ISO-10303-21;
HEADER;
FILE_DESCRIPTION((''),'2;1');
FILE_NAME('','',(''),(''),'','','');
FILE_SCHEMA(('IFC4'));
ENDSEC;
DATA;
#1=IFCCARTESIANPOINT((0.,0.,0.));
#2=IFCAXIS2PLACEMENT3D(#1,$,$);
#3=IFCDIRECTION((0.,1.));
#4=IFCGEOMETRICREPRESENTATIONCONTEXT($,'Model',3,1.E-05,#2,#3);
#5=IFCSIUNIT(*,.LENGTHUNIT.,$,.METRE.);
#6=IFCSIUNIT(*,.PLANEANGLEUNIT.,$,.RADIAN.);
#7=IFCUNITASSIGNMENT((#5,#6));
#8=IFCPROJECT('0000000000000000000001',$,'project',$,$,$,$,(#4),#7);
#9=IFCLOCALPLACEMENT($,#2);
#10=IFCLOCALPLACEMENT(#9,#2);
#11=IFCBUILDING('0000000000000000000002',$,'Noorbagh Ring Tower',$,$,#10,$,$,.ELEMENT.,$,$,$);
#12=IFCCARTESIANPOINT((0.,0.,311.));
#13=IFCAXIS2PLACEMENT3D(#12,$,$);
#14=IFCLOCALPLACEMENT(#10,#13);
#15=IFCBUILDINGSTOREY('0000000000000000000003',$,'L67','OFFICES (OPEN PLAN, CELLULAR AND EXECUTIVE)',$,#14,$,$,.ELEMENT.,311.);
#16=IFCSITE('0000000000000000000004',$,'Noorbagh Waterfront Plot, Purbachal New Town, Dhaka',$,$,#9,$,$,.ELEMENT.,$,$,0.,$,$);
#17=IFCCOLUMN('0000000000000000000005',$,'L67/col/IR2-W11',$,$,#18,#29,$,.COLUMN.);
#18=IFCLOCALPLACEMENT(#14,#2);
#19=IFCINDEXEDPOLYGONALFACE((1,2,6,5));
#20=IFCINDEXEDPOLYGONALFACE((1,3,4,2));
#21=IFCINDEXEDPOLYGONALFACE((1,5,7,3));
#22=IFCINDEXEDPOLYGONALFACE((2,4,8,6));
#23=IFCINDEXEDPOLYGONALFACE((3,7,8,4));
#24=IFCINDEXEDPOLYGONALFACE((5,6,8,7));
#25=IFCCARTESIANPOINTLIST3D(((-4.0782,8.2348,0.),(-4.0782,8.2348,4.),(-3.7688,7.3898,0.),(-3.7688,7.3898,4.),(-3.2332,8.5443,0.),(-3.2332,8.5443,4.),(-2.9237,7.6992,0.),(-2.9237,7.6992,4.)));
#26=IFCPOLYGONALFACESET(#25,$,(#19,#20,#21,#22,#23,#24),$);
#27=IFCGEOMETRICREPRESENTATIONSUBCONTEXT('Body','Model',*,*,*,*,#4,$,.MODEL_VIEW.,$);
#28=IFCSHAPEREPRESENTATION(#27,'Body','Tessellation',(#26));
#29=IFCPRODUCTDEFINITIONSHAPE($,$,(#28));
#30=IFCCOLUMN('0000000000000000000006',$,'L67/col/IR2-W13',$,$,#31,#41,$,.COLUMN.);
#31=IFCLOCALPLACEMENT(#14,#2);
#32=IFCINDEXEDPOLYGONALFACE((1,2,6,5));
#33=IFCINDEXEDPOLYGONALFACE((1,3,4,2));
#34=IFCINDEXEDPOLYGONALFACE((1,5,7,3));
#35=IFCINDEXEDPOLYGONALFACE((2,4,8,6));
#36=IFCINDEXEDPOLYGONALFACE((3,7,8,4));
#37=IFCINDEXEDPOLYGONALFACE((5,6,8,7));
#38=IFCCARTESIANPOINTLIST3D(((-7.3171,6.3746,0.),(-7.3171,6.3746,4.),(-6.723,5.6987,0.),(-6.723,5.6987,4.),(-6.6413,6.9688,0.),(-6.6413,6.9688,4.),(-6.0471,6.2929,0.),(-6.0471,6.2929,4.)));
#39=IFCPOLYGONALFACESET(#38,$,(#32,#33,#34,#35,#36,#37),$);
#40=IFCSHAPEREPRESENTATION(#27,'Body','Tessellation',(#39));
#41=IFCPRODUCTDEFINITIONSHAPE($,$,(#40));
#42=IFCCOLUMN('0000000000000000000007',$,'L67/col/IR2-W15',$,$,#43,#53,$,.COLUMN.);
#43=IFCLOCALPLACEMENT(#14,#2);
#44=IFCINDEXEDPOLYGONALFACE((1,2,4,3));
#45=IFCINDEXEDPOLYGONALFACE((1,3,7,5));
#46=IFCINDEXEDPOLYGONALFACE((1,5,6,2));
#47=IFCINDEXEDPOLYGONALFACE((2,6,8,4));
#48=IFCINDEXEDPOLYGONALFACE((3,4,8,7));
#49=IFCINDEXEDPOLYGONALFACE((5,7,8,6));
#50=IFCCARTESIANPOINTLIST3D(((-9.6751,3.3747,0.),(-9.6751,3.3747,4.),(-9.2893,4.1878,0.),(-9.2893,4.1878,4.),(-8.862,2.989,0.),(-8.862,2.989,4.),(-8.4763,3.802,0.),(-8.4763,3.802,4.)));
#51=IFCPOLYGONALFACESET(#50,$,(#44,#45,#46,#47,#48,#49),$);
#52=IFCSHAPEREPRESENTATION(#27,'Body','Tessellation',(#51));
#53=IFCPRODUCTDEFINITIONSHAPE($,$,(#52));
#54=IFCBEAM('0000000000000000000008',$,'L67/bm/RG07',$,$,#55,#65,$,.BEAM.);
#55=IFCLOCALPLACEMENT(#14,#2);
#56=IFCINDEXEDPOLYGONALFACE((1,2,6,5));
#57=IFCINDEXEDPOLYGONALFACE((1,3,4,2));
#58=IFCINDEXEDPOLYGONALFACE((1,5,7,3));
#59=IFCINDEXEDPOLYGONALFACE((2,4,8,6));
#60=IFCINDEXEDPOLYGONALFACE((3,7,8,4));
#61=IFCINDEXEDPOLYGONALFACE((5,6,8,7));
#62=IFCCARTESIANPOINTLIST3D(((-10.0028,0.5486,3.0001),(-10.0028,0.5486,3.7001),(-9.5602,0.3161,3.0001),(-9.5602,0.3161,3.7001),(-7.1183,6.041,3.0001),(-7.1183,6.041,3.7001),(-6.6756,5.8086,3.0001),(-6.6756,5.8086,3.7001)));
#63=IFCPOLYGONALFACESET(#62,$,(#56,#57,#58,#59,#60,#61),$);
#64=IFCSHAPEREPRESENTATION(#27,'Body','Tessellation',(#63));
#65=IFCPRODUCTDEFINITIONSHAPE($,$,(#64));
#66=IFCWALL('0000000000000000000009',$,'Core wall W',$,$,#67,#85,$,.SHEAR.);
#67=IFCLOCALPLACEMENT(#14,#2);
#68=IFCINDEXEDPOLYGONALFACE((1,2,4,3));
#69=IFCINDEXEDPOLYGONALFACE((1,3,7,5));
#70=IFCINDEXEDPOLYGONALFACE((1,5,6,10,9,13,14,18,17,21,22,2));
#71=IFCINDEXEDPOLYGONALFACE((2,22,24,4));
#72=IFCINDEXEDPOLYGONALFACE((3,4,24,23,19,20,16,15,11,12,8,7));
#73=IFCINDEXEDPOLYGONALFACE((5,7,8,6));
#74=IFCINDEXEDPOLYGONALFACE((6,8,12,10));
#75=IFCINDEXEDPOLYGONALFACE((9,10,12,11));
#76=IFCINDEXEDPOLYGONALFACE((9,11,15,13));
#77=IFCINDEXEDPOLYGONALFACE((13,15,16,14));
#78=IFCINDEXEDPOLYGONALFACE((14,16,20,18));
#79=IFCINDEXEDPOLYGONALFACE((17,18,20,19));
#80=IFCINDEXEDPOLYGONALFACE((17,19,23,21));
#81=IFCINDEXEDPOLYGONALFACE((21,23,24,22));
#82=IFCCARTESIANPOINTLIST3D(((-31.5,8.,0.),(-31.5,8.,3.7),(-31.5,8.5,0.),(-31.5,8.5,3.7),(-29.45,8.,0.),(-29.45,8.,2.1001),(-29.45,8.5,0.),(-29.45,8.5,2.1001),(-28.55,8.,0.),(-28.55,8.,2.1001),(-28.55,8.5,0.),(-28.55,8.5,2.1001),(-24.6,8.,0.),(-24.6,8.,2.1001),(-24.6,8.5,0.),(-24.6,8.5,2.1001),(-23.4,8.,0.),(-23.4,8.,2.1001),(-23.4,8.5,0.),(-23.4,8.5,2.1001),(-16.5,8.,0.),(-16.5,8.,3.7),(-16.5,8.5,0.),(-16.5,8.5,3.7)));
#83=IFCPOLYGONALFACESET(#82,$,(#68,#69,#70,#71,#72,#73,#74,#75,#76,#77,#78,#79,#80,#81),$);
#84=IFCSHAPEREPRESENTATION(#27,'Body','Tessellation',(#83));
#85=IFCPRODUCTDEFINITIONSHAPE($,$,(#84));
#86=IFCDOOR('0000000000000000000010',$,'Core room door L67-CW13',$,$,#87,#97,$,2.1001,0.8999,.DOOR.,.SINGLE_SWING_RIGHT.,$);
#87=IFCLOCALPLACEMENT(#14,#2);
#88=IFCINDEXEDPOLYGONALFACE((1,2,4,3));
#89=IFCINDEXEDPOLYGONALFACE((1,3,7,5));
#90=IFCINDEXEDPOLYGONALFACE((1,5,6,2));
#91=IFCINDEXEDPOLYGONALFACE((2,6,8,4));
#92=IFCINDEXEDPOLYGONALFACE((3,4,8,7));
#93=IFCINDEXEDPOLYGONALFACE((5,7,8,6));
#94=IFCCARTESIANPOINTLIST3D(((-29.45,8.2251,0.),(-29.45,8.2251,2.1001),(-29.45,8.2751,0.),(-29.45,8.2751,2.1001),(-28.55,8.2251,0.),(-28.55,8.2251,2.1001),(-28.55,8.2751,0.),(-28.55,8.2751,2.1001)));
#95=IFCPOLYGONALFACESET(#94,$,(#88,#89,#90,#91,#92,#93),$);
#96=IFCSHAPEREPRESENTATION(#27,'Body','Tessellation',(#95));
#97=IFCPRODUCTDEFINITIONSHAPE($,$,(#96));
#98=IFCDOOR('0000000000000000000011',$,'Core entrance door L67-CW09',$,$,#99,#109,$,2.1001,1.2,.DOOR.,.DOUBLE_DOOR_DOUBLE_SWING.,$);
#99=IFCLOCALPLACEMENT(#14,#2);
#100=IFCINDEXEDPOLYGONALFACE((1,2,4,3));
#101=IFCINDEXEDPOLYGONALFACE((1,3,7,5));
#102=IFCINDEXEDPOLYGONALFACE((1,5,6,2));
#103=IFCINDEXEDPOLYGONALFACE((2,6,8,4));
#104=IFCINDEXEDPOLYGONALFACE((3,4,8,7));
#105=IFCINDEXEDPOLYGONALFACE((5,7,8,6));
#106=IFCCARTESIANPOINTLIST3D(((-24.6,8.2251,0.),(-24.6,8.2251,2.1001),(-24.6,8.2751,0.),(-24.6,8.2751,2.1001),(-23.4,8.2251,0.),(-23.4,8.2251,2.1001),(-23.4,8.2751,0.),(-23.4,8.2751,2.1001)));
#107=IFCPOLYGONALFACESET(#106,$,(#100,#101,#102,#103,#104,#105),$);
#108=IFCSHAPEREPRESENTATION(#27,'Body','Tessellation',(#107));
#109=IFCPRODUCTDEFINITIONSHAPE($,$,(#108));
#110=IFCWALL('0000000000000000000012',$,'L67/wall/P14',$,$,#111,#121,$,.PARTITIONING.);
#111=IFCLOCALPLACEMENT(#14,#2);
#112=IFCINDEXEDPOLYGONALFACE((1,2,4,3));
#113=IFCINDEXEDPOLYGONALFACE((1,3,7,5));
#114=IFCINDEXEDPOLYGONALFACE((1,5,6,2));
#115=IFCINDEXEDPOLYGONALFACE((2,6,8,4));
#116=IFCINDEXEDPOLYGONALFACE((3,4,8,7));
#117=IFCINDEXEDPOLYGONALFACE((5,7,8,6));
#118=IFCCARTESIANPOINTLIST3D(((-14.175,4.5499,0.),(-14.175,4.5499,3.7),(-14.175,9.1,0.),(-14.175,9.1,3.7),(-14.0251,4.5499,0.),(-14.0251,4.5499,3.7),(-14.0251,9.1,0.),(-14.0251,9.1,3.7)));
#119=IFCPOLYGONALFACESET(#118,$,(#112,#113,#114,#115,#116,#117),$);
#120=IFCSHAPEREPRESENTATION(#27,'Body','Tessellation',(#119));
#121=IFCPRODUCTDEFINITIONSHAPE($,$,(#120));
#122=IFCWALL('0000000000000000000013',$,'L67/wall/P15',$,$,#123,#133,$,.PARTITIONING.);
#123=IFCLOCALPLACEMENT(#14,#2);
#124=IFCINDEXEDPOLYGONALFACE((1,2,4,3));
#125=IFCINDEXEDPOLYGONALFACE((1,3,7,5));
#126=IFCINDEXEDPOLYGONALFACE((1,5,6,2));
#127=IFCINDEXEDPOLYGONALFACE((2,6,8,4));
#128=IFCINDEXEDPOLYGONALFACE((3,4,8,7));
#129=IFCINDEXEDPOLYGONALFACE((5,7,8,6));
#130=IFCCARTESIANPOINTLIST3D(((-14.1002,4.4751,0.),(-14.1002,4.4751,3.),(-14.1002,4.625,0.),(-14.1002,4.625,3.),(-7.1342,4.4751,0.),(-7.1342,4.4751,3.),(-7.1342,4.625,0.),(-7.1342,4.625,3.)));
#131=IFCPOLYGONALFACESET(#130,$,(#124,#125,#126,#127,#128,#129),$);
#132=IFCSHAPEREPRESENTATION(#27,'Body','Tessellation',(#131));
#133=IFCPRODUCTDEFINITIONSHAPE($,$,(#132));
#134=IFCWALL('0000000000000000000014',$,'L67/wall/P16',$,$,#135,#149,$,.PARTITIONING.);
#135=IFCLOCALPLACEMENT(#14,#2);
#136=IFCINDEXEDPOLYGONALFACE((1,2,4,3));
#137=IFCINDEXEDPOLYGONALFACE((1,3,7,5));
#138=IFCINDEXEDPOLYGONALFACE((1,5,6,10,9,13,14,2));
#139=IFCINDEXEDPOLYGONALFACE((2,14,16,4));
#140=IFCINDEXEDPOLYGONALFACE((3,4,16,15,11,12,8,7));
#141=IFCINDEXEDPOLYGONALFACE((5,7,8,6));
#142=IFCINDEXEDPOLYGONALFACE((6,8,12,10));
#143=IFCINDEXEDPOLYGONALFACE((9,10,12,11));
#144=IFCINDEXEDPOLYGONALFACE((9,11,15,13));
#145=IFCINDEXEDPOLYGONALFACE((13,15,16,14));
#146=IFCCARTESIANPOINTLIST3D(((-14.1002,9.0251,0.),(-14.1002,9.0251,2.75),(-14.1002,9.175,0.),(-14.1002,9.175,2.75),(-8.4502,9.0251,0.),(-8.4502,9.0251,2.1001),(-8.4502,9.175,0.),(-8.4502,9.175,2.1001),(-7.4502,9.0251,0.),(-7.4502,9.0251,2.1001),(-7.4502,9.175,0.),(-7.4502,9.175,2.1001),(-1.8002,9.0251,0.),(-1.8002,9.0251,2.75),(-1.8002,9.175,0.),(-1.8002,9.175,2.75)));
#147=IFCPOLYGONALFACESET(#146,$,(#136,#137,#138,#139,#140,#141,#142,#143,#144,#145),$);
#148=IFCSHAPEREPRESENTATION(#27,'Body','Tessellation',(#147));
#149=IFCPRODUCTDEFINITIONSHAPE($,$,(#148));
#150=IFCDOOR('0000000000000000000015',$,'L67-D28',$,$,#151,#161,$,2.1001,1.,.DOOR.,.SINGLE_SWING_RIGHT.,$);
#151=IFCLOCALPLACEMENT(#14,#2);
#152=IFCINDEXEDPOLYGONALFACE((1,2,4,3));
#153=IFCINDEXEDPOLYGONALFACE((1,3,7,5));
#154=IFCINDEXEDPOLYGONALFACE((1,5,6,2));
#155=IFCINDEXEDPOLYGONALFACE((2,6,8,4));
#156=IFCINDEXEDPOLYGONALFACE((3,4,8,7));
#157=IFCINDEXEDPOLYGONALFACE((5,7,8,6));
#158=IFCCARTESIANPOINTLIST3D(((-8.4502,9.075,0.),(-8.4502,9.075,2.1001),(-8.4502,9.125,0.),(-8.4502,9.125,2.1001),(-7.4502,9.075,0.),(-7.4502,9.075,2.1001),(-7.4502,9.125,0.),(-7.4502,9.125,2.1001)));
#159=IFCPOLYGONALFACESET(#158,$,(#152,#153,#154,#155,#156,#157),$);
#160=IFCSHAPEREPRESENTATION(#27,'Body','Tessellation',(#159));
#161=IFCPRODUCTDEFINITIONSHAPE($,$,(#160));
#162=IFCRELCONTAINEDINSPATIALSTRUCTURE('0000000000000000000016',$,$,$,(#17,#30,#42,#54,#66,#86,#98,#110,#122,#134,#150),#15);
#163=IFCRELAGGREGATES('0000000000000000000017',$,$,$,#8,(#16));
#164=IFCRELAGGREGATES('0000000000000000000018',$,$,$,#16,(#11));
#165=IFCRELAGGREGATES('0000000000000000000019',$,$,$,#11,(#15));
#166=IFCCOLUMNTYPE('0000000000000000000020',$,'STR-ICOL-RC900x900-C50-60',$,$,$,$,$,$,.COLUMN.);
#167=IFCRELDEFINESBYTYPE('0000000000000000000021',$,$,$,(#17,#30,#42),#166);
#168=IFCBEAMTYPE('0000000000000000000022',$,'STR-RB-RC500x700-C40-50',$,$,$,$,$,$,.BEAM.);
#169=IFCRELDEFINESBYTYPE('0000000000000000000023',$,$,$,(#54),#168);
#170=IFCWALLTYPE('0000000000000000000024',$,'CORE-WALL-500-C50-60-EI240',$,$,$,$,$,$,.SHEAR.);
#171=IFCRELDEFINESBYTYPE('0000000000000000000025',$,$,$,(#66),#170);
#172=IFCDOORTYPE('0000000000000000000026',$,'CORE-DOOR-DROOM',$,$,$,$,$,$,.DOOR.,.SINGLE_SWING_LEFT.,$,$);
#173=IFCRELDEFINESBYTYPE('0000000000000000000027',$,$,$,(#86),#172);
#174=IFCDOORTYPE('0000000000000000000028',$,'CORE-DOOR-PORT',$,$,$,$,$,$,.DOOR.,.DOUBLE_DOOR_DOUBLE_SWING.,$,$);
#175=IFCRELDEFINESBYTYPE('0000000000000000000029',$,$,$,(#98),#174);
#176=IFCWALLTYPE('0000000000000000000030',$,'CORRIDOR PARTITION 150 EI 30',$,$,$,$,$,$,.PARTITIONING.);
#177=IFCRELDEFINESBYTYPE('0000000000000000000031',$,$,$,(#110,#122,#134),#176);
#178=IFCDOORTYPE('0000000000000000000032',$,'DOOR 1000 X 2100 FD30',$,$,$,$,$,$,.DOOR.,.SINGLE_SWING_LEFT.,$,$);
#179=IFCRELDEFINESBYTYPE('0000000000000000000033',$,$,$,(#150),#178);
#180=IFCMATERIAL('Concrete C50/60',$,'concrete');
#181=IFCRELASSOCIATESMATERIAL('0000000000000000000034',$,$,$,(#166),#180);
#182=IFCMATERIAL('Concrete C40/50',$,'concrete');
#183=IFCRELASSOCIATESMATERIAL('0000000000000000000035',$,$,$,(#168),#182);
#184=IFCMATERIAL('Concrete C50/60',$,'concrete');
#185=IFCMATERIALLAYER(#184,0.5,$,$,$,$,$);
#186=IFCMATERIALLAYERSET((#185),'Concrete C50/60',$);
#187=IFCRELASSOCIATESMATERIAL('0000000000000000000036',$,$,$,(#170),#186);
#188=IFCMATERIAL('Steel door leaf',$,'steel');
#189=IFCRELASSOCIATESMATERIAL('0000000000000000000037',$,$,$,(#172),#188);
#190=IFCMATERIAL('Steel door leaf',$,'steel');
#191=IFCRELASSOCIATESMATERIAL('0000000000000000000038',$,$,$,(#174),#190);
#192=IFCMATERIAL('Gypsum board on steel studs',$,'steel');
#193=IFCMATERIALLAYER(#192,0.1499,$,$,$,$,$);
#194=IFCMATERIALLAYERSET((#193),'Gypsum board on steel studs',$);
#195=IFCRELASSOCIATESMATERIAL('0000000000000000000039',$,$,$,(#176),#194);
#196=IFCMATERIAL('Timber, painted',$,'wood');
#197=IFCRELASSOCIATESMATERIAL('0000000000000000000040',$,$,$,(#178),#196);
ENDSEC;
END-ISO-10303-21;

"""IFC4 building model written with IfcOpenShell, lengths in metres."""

from ifc_helpers import new_model, si_unit, direction, frame, frame_2d, origin, origin_2d, place, context, subcontext, project, spatial, rectangle, extrude, material, layer, layer_set, material_profile, profile_set, type_object, element, fill, save


model = new_model("IFC4")

# Units and contexts
model_context = context("Model", 3, precision=1e-05, world=origin(), true_north=direction((0.0, 1.0)))
body_context = subcontext(model_context, "Body", "Model", "MODEL_VIEW")
ifc_project = project(units=[si_unit("LENGTHUNIT", "METRE"), si_unit("PLANEANGLEUNIT", "RADIAN")], contexts=[model_context])

# Site, building, storey
site_placement = place(None, origin())
site = spatial("IfcSite", under=ifc_project, at=site_placement, Name="Noorbagh Waterfront Plot, Purbachal New Town, Dhaka", CompositionType="ELEMENT", RefElevation=0.0)
building_placement = place(site_placement, origin())
building = spatial("IfcBuilding", under=site, at=building_placement, Name="Noorbagh Ring Tower", CompositionType="ELEMENT")
storey_placement = place(building_placement, frame((0.0, 0.0, 311.0)))
storey = spatial("IfcBuildingStorey", under=building, at=storey_placement, Name="L67", Description="OFFICES (OPEN PLAN, CELLULAR AND EXECUTIVE)", CompositionType="ELEMENT", Elevation=311.0)

# Columns
ifc_material_1 = material(Name="Concrete C50/60", Category="concrete")
ifc_material_profile_1 = material_profile(ifc_material_1, rectangle(XDim=0.8999, YDim=0.8999, at=origin_2d()), Name="RC900x900")
ifc_profile_set_1 = profile_set([ifc_material_profile_1], Name="Concrete C50/60")
column_type = type_object("IfcColumnType", Name="STR-ICOL-RC900x900-C50-60", PredefinedType="COLUMN", material=ifc_profile_set_1)
for number, where, z_axis, x_axis, name in (
    (1, (-3.501, 7.967, 0.0), (0.0, 0.0, 1.0), (-0.93902, -0.343864, 0.0), "L67/col/IR2-W11"),
    (2, (-6.6821, 6.3337, 0.0), (0.0, 0.0, 1.0), (-0.751022, -0.660277, 0.0), "L67/col/IR2-W13"),
    (3, (-9.0757, 3.5884, 0.0), (0.0, 0.0, 1.0), (-0.428667, -0.903463, 0.0), "L67/col/IR2-W15"),
):
    element("IfcColumn", number, at=place(storey_placement, frame(where, z_axis=z_axis, x_axis=x_axis)), inside=storey, type_object=column_type, Name=name, PredefinedType="COLUMN", context=body_context, shape_type="SweptSolid", body=[
        extrude(rectangle(XDim=0.8999, YDim=0.8999, at=origin_2d()), origin(), (0.0, 0.0, 1.0), 4.0),
    ])

# Beam
ifc_material_2 = material(Name="Concrete C40/50", Category="concrete")
ifc_material_profile_2 = material_profile(ifc_material_2, rectangle(XDim=0.5, YDim=0.7, at=origin_2d()), Name="RC500x700")
ifc_profile_set_2 = profile_set([ifc_material_profile_2], Name="Concrete C40/50")
beam_type = type_object("IfcBeamType", Name="STR-RB-RC500x700-C40-50", PredefinedType="BEAM", material=ifc_profile_set_2)
beam_placement = place(storey_placement, frame((-6.897, 5.9248, 3.3501), z_axis=(-0.46496, -0.885332, 0.0), x_axis=(0.885332, -0.46496, 0.0)))
element("IfcBeam", 4, at=beam_placement, inside=storey, type_object=beam_type, Name="L67/bm/RG07", PredefinedType="BEAM", context=body_context, shape_type="SweptSolid", body=[
    extrude(rectangle(XDim=0.5, YDim=0.7, at=origin_2d()), origin(), (0.0, 0.0, 1.0), 6.2039),
])

# Wall, openings, doors
ifc_material_3 = material(Name="Concrete C50/60", Category="concrete")
ifc_layer_1 = layer(ifc_material_3, 0.5)
ifc_layer_set_1 = layer_set([ifc_layer_1], Name="Concrete C50/60")
wall_type_1 = type_object("IfcWallType", Name="CORE-WALL-500-C50-60-EI240", PredefinedType="SHEAR", material=ifc_layer_set_1)
wall_1_placement = place(storey_placement, frame((-16.5, 8.25, 0.0), z_axis=(0.0, 0.0, 1.0), x_axis=(-1.0, 0.0, 0.0)))
wall_1 = element("IfcWall", 5, at=wall_1_placement, inside=storey, type_object=wall_type_1, Name="Core wall W", PredefinedType="SHEAR", context=body_context, shape_type="SweptSolid", body=[
    extrude(rectangle(XDim=15.0, YDim=0.5, at=frame_2d((7.5, 0.0))), origin(), (0.0, 0.0, 1.0), 3.7),
])
opening_1_placement = place(wall_1_placement, frame((6.8999, 0.0, 0.0)))
opening_1 = element("IfcOpeningElement", 6, at=opening_1_placement, cuts=wall_1, PredefinedType="OPENING", context=body_context, shape_type="SweptSolid", body=[
    extrude(rectangle(XDim=1.2, YDim=2.1001, at=frame_2d((0.6001, 1.05))), frame((0.0, 0.26, 0.0), z_axis=(0.0, -1.0, 0.0), x_axis=(1.0, 0.0, 0.0)), (0.0, 0.0, 1.0), 0.52),
])
opening_2_placement = place(wall_1_placement, frame((12.05, 0.0, 0.0)))
opening_2 = element("IfcOpeningElement", 7, at=opening_2_placement, cuts=wall_1, PredefinedType="OPENING", context=body_context, shape_type="SweptSolid", body=[
    extrude(rectangle(XDim=0.8999, YDim=2.1001, at=frame_2d((0.45, 1.05))), frame((0.0, 0.26, 0.0), z_axis=(0.0, -1.0, 0.0), x_axis=(1.0, 0.0, 0.0)), (0.0, 0.0, 1.0), 0.52),
])
ifc_material_4 = material(Name="Steel door leaf", Category="steel")
door_type_1 = type_object("IfcDoorType", Name="CORE-DOOR-DROOM", OperationType="SINGLE_SWING_LEFT", PredefinedType="DOOR", material=ifc_material_4)
door_1_placement = place(opening_2_placement, origin())
door_1 = element("IfcDoor", 8, at=door_1_placement, inside=storey, type_object=door_type_1, Name="Core room door L67-CW13", OperationType="SINGLE_SWING_RIGHT", OverallHeight=2.1001, OverallWidth=0.8999, PredefinedType="DOOR", context=body_context, shape_type="SweptSolid", body=[
    extrude(rectangle(XDim=0.8999, YDim=2.1001, at=frame_2d((0.45, 1.05))), frame((0.0, 0.0249, 0.0), z_axis=(0.0, -1.0, 0.0), x_axis=(1.0, 0.0, 0.0)), (0.0, 0.0, 1.0), 0.05),
])
fill(opening_2, door_1)
ifc_material_5 = material(Name="Steel door leaf", Category="steel")
door_type_2 = type_object("IfcDoorType", Name="CORE-DOOR-PORT", OperationType="DOUBLE_DOOR_DOUBLE_SWING", PredefinedType="DOOR", material=ifc_material_5)
door_2_placement = place(opening_1_placement, origin())
door_2 = element("IfcDoor", 9, at=door_2_placement, inside=storey, type_object=door_type_2, Name="Core entrance door L67-CW09", OperationType="DOUBLE_DOOR_DOUBLE_SWING", OverallHeight=2.1001, OverallWidth=1.2, PredefinedType="DOOR", context=body_context, shape_type="SweptSolid", body=[
    extrude(rectangle(XDim=1.2, YDim=2.1001, at=frame_2d((0.6001, 1.05))), frame((0.0, 0.0249, 0.0), z_axis=(0.0, -1.0, 0.0), x_axis=(1.0, 0.0, 0.0)), (0.0, 0.0, 1.0), 0.05),
])
fill(opening_1, door_2)

# Walls
ifc_material_6 = material(Name="Gypsum board on steel studs", Category="steel")
ifc_layer_2 = layer(ifc_material_6, 0.1499)
ifc_layer_set_2 = layer_set([ifc_layer_2], Name="Gypsum board on steel studs")
wall_type_2 = type_object("IfcWallType", Name="CORRIDOR PARTITION 150 EI 30", PredefinedType="PARTITIONING", material=ifc_layer_set_2)
wall_2_placement = place(storey_placement, frame((-14.1001, 4.55, 0.0), z_axis=(0.0, 0.0, 1.0), x_axis=(0.0, 1.0, 0.0)))
element("IfcWall", 10, at=wall_2_placement, inside=storey, type_object=wall_type_2, Name="L67/wall/P14", PredefinedType="PARTITIONING", context=body_context, shape_type="SweptSolid", body=[
    extrude(rectangle(XDim=4.55, YDim=0.1499, at=frame_2d((2.2749, 0.0))), origin(), (0.0, 0.0, 1.0), 3.7),
])
wall_3_placement = place(storey_placement, frame((-14.1001, 4.55, 0.0), z_axis=(0.0, 0.0, 1.0), x_axis=(1.0, 0.0, 0.0)))
element("IfcWall", 11, at=wall_3_placement, inside=storey, type_object=wall_type_2, Name="L67/wall/P15", PredefinedType="PARTITIONING", context=body_context, shape_type="SweptSolid", body=[
    extrude(rectangle(XDim=6.9661, YDim=0.1499, at=frame_2d((3.4829, 0.0))), origin(), (0.0, 0.0, 1.0), 3.0),
])

# Wall, opening, door
wall_4_placement = place(storey_placement, frame((-14.1001, 9.1001, 0.0), z_axis=(0.0, 0.0, 1.0), x_axis=(1.0, 0.0, 0.0)))
wall_4 = element("IfcWall", 12, at=wall_4_placement, inside=storey, type_object=wall_type_2, Name="L67/wall/P16", PredefinedType="PARTITIONING", context=body_context, shape_type="SweptSolid", body=[
    extrude(rectangle(XDim=12.3, YDim=0.1499, at=frame_2d((6.1499, 0.0))), origin(), (0.0, 0.0, 1.0), 2.75),
])
opening_3_placement = place(wall_4_placement, frame((5.6499, 0.0, 0.0)))
opening_3 = element("IfcOpeningElement", 13, at=opening_3_placement, cuts=wall_4, PredefinedType="OPENING", context=body_context, shape_type="SweptSolid", body=[
    extrude(rectangle(XDim=1.0, YDim=2.1001, at=frame_2d((0.5, 1.05))), frame((0.0, 0.085, 0.0), z_axis=(0.0, -1.0, 0.0), x_axis=(1.0, 0.0, 0.0)), (0.0, 0.0, 1.0), 0.1699),
])
ifc_material_7 = material(Name="Timber, painted", Category="wood")
door_type_3 = type_object("IfcDoorType", Name="DOOR 1000 X 2100 FD30", OperationType="SINGLE_SWING_LEFT", PredefinedType="DOOR", material=ifc_material_7)
door_3_placement = place(opening_3_placement, origin())
door_3 = element("IfcDoor", 14, at=door_3_placement, inside=storey, type_object=door_type_3, Name="L67-D28", OperationType="SINGLE_SWING_RIGHT", OverallHeight=2.1001, OverallWidth=1.0, PredefinedType="DOOR", context=body_context, shape_type="SweptSolid", body=[
    extrude(rectangle(XDim=1.0, YDim=2.1001, at=frame_2d((0.5, 1.05))), frame((0.0, 0.0249, 0.0), z_axis=(0.0, -1.0, 0.0), x_axis=(1.0, 0.0, 0.0)), (0.0, 0.0, 1.0), 0.05),
])
fill(opening_3, door_3)

save(model, "model.ifc")
